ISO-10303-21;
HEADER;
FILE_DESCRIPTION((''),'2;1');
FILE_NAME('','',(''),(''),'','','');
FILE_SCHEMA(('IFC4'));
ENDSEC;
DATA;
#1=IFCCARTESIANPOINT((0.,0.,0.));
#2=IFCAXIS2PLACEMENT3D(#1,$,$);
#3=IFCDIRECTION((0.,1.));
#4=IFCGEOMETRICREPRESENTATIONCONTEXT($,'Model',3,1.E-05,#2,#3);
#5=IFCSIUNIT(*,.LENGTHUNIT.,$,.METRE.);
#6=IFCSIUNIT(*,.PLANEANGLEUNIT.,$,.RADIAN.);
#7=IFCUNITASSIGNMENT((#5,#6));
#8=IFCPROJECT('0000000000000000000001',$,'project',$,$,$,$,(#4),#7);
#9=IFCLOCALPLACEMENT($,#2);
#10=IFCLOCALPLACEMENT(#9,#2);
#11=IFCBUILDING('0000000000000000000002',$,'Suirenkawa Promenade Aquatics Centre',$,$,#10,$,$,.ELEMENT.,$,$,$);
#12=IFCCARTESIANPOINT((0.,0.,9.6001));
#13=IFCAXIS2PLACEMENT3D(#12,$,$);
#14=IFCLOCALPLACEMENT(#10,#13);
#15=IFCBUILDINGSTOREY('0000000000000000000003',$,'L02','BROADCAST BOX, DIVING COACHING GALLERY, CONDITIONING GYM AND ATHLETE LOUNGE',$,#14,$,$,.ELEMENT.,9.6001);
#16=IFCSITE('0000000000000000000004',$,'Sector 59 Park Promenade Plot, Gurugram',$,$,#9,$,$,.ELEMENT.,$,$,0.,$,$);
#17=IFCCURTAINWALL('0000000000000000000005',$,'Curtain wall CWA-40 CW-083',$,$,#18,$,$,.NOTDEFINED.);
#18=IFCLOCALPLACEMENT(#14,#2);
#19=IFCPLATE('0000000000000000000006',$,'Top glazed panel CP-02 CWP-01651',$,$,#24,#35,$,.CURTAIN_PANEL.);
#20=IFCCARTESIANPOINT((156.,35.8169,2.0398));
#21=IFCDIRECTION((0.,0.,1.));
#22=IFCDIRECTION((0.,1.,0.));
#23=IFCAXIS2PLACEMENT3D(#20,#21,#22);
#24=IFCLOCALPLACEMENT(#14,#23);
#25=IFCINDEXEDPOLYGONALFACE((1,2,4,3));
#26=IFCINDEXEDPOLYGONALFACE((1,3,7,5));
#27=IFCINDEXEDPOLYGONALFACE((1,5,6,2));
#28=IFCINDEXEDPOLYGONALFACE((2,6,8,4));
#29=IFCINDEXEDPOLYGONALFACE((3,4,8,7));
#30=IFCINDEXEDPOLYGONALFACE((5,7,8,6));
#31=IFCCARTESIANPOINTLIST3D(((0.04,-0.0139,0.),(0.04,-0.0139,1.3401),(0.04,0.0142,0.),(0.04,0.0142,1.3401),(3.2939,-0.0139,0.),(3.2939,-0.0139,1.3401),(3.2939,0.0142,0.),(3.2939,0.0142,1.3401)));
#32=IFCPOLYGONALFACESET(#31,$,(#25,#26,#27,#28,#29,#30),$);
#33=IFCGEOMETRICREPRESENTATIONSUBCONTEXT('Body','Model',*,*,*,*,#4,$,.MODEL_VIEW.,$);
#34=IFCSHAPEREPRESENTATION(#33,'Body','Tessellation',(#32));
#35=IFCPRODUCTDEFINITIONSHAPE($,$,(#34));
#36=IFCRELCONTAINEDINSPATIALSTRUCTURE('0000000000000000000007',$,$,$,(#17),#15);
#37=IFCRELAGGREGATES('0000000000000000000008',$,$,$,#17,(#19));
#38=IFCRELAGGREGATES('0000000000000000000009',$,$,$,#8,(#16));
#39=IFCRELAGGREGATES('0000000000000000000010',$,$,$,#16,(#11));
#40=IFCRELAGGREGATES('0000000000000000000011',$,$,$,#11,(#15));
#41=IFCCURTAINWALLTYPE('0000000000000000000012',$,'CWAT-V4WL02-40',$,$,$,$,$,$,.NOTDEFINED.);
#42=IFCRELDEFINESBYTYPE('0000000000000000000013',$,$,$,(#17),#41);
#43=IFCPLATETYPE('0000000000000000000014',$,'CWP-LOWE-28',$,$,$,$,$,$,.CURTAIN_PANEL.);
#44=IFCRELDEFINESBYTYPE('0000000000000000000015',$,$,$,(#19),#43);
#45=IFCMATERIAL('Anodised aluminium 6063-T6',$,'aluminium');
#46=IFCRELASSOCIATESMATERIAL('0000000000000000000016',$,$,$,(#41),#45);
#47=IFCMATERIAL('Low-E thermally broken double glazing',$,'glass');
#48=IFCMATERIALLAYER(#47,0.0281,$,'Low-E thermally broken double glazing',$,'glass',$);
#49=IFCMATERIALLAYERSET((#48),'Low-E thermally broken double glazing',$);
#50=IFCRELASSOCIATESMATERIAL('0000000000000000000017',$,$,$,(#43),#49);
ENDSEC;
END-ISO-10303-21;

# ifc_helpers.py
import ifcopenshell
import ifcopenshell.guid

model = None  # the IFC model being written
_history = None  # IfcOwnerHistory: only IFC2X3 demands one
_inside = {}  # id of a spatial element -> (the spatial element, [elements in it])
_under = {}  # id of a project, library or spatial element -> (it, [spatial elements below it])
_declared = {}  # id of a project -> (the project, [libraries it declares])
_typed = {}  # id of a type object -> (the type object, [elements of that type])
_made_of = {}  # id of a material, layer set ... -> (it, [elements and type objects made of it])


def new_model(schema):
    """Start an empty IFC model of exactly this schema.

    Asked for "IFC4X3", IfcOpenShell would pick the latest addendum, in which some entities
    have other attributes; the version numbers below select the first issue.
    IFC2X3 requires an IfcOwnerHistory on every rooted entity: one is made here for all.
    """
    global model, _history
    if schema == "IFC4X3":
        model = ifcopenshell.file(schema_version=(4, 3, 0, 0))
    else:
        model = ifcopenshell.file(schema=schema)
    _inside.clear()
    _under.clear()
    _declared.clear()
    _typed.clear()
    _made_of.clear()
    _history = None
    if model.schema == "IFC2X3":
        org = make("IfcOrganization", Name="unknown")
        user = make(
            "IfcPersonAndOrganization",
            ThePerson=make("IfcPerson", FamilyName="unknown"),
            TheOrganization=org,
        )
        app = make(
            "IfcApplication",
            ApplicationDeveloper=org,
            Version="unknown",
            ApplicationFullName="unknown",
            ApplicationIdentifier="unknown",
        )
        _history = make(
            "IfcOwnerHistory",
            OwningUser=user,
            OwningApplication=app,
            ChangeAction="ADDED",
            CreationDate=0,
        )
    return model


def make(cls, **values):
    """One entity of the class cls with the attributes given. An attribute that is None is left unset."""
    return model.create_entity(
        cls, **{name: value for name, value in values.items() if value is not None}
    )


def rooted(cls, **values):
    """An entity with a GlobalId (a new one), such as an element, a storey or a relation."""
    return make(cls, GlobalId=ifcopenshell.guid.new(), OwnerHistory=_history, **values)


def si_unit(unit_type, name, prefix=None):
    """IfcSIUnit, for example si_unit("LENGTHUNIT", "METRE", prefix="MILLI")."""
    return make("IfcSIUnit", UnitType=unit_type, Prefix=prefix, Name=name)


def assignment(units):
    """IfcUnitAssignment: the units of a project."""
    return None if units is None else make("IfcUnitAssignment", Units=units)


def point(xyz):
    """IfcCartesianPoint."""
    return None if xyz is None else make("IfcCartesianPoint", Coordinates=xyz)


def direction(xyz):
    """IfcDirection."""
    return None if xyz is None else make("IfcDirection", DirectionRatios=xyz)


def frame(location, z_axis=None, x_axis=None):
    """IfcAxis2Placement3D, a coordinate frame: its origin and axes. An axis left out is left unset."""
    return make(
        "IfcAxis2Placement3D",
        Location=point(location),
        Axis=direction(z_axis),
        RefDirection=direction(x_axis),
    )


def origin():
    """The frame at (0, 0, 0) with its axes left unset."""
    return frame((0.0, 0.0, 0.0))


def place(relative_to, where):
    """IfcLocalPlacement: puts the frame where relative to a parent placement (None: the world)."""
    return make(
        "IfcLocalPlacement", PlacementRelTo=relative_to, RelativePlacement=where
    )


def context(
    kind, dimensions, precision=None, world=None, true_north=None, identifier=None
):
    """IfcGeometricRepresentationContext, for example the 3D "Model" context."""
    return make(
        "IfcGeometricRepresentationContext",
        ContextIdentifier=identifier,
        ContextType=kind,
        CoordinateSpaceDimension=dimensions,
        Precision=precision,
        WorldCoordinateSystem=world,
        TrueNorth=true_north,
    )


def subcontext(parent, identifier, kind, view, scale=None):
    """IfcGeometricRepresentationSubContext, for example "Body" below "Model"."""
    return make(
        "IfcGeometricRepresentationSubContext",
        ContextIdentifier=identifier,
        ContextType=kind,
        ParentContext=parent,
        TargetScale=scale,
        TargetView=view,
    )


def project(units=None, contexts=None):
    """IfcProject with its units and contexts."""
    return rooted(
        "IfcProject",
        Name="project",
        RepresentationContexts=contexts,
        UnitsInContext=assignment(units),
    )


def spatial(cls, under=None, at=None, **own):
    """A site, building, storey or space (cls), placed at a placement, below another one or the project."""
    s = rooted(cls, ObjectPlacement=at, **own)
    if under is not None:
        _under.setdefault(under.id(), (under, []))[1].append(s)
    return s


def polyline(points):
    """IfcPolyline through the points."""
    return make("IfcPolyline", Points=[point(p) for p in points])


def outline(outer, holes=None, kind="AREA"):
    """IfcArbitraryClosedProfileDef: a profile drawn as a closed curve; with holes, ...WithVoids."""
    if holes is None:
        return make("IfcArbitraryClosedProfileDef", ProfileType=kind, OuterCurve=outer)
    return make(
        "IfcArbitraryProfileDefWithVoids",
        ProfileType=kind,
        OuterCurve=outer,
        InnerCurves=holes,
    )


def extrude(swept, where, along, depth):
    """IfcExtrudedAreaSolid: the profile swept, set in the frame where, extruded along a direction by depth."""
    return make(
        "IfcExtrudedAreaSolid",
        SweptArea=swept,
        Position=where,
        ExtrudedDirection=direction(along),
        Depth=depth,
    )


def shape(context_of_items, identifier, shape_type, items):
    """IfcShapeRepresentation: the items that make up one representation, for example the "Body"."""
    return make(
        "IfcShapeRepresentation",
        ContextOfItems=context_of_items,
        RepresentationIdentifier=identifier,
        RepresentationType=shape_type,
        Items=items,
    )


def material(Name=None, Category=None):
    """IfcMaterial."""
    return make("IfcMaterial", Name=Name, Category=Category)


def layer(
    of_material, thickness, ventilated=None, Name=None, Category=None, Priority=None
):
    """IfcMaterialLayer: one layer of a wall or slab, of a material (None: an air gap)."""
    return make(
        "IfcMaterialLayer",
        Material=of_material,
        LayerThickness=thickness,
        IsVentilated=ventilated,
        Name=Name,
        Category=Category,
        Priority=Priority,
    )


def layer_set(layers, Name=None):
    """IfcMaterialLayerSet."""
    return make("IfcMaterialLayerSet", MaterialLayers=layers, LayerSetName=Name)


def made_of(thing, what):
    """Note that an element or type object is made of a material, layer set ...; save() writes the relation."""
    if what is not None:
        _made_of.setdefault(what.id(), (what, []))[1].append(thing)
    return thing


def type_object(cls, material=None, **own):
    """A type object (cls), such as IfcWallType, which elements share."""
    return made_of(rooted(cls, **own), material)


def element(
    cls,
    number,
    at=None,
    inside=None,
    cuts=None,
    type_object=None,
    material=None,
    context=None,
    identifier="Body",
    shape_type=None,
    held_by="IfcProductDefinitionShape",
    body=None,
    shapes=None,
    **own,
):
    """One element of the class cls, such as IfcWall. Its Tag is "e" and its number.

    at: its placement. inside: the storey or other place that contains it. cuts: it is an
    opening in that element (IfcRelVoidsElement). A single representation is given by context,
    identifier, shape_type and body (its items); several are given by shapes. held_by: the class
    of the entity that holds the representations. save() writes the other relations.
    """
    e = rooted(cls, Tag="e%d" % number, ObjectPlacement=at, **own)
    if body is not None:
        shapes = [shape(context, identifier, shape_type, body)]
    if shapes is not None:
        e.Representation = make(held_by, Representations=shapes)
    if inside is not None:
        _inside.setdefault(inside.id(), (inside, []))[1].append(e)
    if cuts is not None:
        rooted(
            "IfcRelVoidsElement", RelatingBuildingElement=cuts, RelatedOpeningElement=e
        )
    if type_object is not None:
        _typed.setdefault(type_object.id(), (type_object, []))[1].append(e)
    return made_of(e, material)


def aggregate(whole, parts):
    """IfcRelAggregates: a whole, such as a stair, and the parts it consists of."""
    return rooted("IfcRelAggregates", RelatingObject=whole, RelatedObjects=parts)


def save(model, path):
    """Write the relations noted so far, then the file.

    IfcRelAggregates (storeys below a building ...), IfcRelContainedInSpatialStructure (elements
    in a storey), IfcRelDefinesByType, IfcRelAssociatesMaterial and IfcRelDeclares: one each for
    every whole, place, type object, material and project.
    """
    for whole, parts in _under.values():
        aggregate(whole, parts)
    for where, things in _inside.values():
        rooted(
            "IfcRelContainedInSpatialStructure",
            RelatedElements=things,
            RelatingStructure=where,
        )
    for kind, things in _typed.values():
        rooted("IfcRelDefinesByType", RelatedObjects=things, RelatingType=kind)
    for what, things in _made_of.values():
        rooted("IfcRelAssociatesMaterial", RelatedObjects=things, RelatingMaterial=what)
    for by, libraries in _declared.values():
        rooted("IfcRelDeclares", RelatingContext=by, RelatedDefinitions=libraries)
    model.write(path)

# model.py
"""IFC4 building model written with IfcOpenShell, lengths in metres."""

from ifc_helpers import new_model, si_unit, direction, frame, origin, place, context, subcontext, project, spatial, polyline, outline, extrude, material, layer, layer_set, type_object, element, aggregate, save


model = new_model("IFC4")

# Units and contexts
model_context = context("Model", 3, precision=1e-05, world=origin(), true_north=direction((0.0, 1.0)))
body_context = subcontext(model_context, "Body", "Model", "MODEL_VIEW")
ifc_project = project(units=[si_unit("LENGTHUNIT", "METRE"), si_unit("PLANEANGLEUNIT", "RADIAN")], contexts=[model_context])

# Site, building, storey
site_placement = place(None, origin())
site = spatial("IfcSite", under=ifc_project, at=site_placement, Name="Sector 59 Park Promenade Plot, Gurugram", CompositionType="ELEMENT", RefElevation=0.0)
building_placement = place(site_placement, origin())
building = spatial("IfcBuilding", under=site, at=building_placement, Name="Suirenkawa Promenade Aquatics Centre", CompositionType="ELEMENT")
storey_placement = place(building_placement, frame((0.0, 0.0, 9.6001)))
storey = spatial("IfcBuildingStorey", under=building, at=storey_placement, Name="L02", Description="BROADCAST BOX, DIVING COACHING GALLERY, CONDITIONING GYM AND ATHLETE LOUNGE", CompositionType="ELEMENT", Elevation=9.6001)

# Curtain wall, plate
ifc_material_1 = material(Name="Anodised aluminium 6063-T6", Category="aluminium")
curtain_wall_type = type_object("IfcCurtainWallType", Name="CWAT-V4WL02-40", PredefinedType="NOTDEFINED", material=ifc_material_1)
curtain_wall_placement = place(storey_placement, origin())
curtain_wall = element("IfcCurtainWall", 1, at=curtain_wall_placement, inside=storey, type_object=curtain_wall_type, Name="Curtain wall CWA-40 CW-083", PredefinedType="NOTDEFINED")
ifc_material_2 = material(Name="Low-E thermally broken double glazing", Category="glass")
ifc_layer_1 = layer(ifc_material_2, 0.0281, Name="Low-E thermally broken double glazing", Category="glass")
ifc_layer_set_1 = layer_set([ifc_layer_1], Name="Low-E thermally broken double glazing")
plate_type = type_object("IfcPlateType", Name="CWP-LOWE-28", PredefinedType="CURTAIN_PANEL", material=ifc_layer_set_1)
plate_1_placement = place(storey_placement, frame((156.0, 35.8169, 2.0398), z_axis=(0.0, 0.0, 1.0), x_axis=(0.0, 1.0, 0.0)))
plate_1 = element("IfcPlate", 2, at=plate_1_placement, type_object=plate_type, Name="Top glazed panel CP-02 CWP-01651", PredefinedType="CURTAIN_PANEL", context=body_context, shape_type="SweptSolid", body=[
    extrude(outline(polyline([(0.04, 0.0), (3.2939, 0.0), (3.2939, 1.3401), (0.04, 1.3401), (0.04, 0.0)])), frame((0.0, 0.0142, 0.0), z_axis=(0.0, -1.0, 0.0), x_axis=(1.0, 0.0, 0.0)), (0.0, 0.0, 1.0), 0.0281),
])
aggregate(curtain_wall, [plate_1])

save(model, "model.ifc")
